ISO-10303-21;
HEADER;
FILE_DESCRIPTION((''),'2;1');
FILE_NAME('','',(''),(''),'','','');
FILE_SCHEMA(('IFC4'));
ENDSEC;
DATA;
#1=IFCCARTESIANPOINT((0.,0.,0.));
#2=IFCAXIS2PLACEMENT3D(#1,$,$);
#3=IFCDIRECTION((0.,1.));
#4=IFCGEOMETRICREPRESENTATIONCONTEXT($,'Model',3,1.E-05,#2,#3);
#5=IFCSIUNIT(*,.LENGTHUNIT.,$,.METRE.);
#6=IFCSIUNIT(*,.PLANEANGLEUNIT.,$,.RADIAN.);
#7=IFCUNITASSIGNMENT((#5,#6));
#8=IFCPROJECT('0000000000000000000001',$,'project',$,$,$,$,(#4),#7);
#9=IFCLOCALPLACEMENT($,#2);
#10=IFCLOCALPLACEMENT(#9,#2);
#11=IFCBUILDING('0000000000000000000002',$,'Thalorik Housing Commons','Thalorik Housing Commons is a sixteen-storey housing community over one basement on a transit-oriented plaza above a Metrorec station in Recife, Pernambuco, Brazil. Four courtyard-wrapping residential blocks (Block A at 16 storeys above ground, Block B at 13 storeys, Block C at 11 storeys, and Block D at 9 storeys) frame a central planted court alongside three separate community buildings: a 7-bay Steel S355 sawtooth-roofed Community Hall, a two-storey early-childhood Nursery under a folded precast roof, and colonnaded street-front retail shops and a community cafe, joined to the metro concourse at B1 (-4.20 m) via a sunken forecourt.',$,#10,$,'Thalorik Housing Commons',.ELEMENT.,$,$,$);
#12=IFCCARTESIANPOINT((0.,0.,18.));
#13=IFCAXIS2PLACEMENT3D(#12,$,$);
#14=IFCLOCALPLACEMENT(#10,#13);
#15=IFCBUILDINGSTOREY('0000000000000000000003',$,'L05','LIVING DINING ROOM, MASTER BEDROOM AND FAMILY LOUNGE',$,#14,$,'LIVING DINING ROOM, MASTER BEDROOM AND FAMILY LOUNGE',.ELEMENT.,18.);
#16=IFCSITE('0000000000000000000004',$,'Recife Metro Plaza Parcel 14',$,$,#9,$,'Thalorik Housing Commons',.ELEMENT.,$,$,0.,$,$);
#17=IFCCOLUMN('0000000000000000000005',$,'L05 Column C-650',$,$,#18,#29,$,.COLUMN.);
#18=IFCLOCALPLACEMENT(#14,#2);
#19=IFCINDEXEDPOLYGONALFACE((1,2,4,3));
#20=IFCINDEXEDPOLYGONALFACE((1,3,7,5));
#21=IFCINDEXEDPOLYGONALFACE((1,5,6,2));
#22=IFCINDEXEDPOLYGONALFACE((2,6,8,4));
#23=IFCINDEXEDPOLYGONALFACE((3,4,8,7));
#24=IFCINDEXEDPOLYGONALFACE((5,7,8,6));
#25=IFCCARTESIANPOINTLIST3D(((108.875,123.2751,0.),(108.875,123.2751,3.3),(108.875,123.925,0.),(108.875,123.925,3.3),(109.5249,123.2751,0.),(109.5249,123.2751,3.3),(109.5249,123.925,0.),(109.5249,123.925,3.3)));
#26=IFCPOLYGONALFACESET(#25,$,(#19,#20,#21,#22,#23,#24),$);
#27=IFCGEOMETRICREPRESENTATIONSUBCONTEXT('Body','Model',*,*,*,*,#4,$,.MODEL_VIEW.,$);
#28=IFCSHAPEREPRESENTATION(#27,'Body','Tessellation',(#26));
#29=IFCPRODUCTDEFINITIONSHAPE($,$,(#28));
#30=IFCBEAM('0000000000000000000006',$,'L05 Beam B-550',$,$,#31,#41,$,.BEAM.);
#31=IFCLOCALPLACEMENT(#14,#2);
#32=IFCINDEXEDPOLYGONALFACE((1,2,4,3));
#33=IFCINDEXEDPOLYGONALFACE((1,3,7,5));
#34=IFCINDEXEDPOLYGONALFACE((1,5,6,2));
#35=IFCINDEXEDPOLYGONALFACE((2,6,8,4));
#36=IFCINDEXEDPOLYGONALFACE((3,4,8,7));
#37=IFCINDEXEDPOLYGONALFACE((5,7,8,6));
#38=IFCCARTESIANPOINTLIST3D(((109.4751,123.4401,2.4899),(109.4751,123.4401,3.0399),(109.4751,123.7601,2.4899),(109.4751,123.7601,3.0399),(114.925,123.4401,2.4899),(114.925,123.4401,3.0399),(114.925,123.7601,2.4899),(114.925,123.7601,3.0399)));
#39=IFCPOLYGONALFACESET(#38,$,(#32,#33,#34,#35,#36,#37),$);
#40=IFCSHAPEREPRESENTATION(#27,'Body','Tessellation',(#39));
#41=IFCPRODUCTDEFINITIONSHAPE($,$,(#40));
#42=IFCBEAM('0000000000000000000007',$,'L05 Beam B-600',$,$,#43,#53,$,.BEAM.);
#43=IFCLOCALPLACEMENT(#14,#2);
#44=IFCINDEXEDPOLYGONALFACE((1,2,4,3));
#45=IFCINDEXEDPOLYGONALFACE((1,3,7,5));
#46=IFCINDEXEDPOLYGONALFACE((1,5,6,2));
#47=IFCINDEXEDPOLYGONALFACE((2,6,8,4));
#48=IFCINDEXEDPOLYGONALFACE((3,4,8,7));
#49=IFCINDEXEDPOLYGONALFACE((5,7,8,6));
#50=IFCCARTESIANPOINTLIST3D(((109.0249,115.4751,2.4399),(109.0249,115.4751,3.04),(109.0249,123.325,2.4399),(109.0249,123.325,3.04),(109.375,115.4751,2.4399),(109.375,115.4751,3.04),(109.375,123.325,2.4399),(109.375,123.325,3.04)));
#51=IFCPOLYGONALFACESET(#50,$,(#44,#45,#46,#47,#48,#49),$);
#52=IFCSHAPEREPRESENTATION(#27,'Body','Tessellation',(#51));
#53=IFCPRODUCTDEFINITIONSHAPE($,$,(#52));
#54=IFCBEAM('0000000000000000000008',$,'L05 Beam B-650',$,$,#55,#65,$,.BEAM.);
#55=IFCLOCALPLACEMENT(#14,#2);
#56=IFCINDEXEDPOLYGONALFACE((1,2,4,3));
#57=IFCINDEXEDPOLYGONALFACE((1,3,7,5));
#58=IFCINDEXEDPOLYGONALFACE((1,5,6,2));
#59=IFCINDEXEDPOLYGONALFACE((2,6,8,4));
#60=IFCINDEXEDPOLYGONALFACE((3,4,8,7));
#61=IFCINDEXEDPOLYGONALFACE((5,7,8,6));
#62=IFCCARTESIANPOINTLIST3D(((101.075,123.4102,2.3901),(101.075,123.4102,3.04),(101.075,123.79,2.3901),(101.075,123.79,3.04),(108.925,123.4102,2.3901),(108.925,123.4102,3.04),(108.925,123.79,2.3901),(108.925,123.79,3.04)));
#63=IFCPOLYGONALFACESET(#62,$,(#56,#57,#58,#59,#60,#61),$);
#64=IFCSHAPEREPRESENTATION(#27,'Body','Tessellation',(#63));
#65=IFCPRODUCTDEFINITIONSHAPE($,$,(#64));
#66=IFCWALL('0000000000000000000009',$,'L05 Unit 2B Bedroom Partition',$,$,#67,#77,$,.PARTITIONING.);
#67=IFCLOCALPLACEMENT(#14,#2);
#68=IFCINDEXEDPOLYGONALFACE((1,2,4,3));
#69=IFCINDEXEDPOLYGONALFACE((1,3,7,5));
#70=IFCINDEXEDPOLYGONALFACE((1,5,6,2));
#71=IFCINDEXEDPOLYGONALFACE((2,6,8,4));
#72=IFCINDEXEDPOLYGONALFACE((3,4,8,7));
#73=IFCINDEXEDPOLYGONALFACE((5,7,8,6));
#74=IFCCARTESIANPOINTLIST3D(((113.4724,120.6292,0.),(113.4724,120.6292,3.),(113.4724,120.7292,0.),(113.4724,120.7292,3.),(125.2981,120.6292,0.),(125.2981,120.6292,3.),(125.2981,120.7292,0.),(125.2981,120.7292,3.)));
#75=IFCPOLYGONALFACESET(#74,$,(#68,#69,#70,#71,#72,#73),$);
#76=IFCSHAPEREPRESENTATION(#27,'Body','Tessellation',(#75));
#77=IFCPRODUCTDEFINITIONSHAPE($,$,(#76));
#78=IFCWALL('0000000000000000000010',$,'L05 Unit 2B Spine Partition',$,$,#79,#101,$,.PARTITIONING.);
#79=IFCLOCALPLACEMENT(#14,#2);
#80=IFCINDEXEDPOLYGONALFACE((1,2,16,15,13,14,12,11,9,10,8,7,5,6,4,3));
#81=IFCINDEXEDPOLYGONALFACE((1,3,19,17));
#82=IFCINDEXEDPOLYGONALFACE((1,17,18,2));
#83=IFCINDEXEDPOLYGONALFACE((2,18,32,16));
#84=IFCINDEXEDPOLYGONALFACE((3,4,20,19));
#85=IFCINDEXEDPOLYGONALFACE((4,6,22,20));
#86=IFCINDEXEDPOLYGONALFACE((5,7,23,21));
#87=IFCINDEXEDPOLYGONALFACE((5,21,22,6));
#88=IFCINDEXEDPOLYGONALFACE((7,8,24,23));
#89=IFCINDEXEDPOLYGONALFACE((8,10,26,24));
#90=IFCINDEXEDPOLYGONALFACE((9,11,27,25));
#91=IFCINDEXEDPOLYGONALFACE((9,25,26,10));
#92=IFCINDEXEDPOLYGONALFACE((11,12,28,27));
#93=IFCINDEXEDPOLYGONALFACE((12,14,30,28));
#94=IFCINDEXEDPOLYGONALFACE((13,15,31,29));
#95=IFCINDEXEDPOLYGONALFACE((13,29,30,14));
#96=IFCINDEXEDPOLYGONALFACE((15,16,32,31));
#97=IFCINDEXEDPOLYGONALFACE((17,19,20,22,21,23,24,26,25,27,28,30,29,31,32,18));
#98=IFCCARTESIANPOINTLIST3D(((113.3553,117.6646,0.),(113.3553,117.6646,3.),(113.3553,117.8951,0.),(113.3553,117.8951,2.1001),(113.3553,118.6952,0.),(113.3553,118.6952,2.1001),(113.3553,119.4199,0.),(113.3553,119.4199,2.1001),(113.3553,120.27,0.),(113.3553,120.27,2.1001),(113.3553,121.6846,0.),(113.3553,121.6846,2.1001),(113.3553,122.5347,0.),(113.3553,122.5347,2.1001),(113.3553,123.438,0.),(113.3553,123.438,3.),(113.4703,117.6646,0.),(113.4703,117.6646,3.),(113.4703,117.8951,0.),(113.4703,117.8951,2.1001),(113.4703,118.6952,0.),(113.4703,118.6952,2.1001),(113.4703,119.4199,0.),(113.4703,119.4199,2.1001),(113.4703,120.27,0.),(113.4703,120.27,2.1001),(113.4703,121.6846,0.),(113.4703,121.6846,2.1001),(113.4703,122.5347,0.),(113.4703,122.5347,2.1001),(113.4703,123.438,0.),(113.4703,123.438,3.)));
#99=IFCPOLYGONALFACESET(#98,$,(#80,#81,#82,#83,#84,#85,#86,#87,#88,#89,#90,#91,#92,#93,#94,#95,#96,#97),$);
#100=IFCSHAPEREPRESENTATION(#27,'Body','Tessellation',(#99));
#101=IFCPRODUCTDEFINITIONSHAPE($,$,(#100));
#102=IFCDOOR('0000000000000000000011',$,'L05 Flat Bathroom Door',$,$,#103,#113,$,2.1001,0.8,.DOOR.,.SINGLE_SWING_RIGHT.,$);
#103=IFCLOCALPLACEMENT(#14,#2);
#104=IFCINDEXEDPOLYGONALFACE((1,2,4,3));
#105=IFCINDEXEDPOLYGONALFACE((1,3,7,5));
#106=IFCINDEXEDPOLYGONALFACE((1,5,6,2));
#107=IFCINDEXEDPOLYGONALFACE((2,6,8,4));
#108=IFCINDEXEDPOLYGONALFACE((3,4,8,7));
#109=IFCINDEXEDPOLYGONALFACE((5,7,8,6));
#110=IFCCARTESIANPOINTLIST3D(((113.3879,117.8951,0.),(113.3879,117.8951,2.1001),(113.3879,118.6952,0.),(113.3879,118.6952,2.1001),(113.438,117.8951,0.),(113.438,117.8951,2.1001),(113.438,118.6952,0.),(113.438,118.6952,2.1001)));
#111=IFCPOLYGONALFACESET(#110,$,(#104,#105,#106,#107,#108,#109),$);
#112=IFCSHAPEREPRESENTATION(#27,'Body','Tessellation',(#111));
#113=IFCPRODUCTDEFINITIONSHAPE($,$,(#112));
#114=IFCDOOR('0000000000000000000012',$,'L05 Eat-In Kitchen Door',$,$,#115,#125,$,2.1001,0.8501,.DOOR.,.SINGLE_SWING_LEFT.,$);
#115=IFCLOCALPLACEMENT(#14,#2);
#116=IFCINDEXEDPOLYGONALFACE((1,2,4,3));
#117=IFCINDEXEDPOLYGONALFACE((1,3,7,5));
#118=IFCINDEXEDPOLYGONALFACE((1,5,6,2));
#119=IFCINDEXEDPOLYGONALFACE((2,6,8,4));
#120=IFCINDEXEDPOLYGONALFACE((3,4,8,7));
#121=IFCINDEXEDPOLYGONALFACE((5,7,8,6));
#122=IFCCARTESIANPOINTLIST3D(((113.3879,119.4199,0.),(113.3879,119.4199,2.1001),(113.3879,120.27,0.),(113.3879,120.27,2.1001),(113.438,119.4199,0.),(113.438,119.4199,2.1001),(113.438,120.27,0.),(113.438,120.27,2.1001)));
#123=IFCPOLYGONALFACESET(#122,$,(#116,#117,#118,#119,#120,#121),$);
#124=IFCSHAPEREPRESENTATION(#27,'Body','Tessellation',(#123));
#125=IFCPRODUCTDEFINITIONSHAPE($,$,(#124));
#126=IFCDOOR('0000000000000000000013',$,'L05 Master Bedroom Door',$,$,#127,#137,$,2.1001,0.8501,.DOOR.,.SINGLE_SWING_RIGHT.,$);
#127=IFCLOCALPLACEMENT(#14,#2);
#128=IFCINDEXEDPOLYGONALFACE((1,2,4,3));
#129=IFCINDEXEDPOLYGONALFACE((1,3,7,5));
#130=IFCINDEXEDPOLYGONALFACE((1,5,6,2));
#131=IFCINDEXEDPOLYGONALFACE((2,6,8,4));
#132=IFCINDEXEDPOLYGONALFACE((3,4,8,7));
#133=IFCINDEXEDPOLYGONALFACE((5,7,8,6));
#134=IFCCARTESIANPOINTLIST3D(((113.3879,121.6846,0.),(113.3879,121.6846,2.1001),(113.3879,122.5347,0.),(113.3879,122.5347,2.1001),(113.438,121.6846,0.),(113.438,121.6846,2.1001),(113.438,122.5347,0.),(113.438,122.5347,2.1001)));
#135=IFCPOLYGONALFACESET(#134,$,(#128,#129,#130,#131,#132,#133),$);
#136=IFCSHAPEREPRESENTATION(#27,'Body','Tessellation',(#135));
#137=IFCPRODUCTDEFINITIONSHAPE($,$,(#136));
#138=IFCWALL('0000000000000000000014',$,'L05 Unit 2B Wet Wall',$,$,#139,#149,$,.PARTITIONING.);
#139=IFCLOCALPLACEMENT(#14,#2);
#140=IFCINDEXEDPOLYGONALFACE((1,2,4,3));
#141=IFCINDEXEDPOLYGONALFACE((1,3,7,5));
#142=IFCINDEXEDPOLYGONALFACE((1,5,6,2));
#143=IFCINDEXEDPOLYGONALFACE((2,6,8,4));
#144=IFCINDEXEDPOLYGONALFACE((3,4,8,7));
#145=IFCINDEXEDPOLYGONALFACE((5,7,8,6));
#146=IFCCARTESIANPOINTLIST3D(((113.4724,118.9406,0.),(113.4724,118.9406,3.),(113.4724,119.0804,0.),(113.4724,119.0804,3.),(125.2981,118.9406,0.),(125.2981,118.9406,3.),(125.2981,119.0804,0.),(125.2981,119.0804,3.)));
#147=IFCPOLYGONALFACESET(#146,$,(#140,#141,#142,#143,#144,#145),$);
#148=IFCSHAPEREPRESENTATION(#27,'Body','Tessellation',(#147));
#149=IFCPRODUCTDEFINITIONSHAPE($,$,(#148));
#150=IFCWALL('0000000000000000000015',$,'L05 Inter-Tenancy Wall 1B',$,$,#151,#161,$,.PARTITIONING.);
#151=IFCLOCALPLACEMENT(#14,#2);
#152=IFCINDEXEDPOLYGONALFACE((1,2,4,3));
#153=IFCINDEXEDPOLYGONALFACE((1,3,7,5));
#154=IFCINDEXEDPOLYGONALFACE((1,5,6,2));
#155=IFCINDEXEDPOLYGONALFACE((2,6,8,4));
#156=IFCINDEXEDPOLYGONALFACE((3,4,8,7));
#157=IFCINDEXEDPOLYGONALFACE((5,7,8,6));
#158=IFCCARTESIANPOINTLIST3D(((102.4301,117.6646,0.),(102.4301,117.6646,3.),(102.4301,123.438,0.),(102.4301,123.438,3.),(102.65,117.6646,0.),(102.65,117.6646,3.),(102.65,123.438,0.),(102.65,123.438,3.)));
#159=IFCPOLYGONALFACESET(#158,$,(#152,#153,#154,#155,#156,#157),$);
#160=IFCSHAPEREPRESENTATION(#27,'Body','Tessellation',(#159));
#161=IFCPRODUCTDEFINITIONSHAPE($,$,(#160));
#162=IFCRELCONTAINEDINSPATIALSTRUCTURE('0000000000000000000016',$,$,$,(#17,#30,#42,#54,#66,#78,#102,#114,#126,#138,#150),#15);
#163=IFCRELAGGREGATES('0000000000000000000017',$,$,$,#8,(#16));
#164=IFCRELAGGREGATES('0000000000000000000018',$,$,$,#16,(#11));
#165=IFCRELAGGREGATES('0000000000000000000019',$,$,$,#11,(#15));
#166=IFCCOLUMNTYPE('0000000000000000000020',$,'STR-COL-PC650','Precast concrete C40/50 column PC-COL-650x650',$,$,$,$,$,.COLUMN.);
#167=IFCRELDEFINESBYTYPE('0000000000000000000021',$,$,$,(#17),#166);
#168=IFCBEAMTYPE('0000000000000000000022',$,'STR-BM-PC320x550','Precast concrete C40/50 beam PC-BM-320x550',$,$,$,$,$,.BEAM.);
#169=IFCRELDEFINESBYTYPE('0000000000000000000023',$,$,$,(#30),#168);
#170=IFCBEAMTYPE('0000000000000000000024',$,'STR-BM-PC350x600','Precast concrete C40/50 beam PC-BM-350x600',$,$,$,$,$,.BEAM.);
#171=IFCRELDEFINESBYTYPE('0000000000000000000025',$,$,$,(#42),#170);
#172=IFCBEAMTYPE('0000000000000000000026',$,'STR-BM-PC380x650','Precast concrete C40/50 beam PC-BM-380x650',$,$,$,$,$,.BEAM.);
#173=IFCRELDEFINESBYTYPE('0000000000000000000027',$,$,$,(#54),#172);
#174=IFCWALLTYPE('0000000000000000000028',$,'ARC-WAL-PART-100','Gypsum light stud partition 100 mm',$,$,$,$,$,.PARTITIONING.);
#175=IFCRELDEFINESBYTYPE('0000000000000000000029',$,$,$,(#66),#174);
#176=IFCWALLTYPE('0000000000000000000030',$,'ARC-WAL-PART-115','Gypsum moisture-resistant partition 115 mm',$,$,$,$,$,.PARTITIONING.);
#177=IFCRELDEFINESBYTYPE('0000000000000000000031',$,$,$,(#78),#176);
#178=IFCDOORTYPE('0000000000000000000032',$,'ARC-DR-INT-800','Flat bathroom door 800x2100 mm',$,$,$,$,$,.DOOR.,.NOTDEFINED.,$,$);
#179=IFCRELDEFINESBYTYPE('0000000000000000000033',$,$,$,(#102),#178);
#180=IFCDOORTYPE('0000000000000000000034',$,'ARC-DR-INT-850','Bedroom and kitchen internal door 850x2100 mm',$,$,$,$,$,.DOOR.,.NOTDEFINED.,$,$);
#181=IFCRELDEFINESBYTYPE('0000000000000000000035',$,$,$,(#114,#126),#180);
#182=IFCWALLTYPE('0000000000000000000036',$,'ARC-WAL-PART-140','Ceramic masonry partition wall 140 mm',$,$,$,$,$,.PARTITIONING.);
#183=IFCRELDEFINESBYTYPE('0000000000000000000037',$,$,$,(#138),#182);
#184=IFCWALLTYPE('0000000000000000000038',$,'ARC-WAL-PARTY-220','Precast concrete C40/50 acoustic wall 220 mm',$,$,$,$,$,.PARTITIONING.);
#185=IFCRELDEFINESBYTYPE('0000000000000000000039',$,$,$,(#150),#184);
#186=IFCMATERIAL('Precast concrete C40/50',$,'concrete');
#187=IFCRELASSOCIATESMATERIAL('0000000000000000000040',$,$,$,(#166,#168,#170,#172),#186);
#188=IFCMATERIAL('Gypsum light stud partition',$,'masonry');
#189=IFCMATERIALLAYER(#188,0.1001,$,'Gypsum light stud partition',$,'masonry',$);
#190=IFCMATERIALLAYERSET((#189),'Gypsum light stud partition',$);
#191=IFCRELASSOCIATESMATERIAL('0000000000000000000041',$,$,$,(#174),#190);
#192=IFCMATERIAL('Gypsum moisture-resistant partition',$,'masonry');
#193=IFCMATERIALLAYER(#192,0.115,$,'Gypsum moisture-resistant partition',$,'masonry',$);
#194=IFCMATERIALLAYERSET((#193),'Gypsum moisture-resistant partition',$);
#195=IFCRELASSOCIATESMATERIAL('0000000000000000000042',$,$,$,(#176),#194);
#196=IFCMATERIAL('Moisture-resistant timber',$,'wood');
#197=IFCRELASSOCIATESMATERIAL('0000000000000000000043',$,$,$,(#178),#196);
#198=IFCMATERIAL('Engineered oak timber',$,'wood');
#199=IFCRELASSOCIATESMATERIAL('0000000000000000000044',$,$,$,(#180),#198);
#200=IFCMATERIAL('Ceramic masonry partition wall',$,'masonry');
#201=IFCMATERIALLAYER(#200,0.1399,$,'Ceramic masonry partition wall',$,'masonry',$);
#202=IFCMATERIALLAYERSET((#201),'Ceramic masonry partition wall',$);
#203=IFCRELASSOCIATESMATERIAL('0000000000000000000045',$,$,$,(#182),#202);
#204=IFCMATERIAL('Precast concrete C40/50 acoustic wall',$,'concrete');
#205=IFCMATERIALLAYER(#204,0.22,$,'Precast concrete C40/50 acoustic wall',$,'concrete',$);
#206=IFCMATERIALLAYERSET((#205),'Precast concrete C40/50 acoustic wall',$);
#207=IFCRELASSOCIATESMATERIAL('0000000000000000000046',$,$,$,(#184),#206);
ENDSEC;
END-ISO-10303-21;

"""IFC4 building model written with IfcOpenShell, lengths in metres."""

from ifc_helpers import new_model, si_unit, direction, frame, frame_2d, origin, origin_2d, place, context, subcontext, project, spatial, rectangle, extrude, material, layer, layer_set, material_profile, profile_set, type_object, element, fill, save


model = new_model("IFC4")

# Units and contexts
model_context = context("Model", 3, precision=1e-05, world=origin(), true_north=direction((0.0, 1.0)))
body_context = subcontext(model_context, "Body", "Model", "MODEL_VIEW")
ifc_project = project(units=[si_unit("LENGTHUNIT", "METRE"), si_unit("PLANEANGLEUNIT", "RADIAN")], contexts=[model_context])

# Site, building, storey
site_placement = place(None, origin())
site = spatial("IfcSite", under=ifc_project, at=site_placement, Name="Recife Metro Plaza Parcel 14", LongName="Thalorik Housing Commons", CompositionType="ELEMENT", RefElevation=0.0)
building_placement = place(site_placement, origin())
building = spatial("IfcBuilding", under=site, at=building_placement, Name="Thalorik Housing Commons", Description="Thalorik Housing Commons is a sixteen-storey housing community over one basement on a transit-oriented plaza above a Metrorec station in Recife, Pernambuco, Brazil. Four courtyard-wrapping residential blocks (Block A at 16 storeys above ground, Block B at 13 storeys, Block C at 11 storeys, and Block D at 9 storeys) frame a central planted court alongside three separate community buildings: a 7-bay Steel S355 sawtooth-roofed Community Hall, a two-storey early-childhood Nursery under a folded precast roof, and colonnaded street-front retail shops and a community cafe, joined to the metro concourse at B1 (-4.20 m) via a sunken forecourt.", LongName="Thalorik Housing Commons", CompositionType="ELEMENT")
storey_placement = place(building_placement, frame((0.0, 0.0, 18.0)))
storey = spatial("IfcBuildingStorey", under=building, at=storey_placement, Name="L05", Description="LIVING DINING ROOM, MASTER BEDROOM AND FAMILY LOUNGE", LongName="LIVING DINING ROOM, MASTER BEDROOM AND FAMILY LOUNGE", CompositionType="ELEMENT", Elevation=18.0)

# Column
ifc_material_1 = material(Name="Precast concrete C40/50", Category="concrete")
ifc_material_profile_1 = material_profile(ifc_material_1, rectangle(XDim=0.6499, YDim=0.6499, at=origin_2d()), Name="PC 650x650", Category="concrete")
ifc_profile_set_1 = profile_set([ifc_material_profile_1], Name="Precast concrete C40/50")
column_type = type_object("IfcColumnType", Name="STR-COL-PC650", Description="Precast concrete C40/50 column PC-COL-650x650", PredefinedType="COLUMN", material=ifc_profile_set_1)
column_placement = place(storey_placement, frame((109.2, 123.6001, 0.0), z_axis=(0.0, 0.0, 1.0), x_axis=(1.0, 0.0, 0.0)))
element("IfcColumn", 1, at=column_placement, inside=storey, type_object=column_type, Name="L05 Column C-650", PredefinedType="COLUMN", context=body_context, shape_type="SweptSolid", body=[
    extrude(rectangle(XDim=0.6499, YDim=0.6499, at=origin_2d()), origin(), (0.0, 0.0, 1.0), 3.3),
])

# Beams
ifc_material_profile_2 = material_profile(ifc_material_1, rectangle(XDim=0.3201, YDim=0.55, at=origin_2d()), Name="PC 320x550", Category="concrete")
ifc_profile_set_2 = profile_set([ifc_material_profile_2], Name="Precast concrete C40/50")
beam_type_1 = type_object("IfcBeamType", Name="STR-BM-PC320x550", Description="Precast concrete C40/50 beam PC-BM-320x550", PredefinedType="BEAM", material=ifc_profile_set_2)
beam_1_placement = place(storey_placement, frame((109.4751, 123.6001, 2.7649), z_axis=(1.0, 0.0, 0.0), x_axis=(0.0, 1.0, 0.0)))
element("IfcBeam", 2, at=beam_1_placement, inside=storey, type_object=beam_type_1, Name="L05 Beam B-550", PredefinedType="BEAM", context=body_context, shape_type="SweptSolid", body=[
    extrude(rectangle(XDim=0.3201, YDim=0.55, at=origin_2d()), origin(), (0.0, 0.0, 1.0), 5.45),
])
ifc_material_profile_3 = material_profile(ifc_material_1, rectangle(XDim=0.3501, YDim=0.6001, at=origin_2d()), Name="PC 350x600", Category="concrete")
ifc_profile_set_3 = profile_set([ifc_material_profile_3], Name="Precast concrete C40/50")
beam_type_2 = type_object("IfcBeamType", Name="STR-BM-PC350x600", Description="Precast concrete C40/50 beam PC-BM-350x600", PredefinedType="BEAM", material=ifc_profile_set_3)
beam_2_placement = place(storey_placement, frame((109.2, 115.4751, 2.74), z_axis=(0.0, 1.0, 0.0), x_axis=(-1.0, 0.0, 0.0)))
element("IfcBeam", 3, at=beam_2_placement, inside=storey, type_object=beam_type_2, Name="L05 Beam B-600", PredefinedType="BEAM", context=body_context, shape_type="SweptSolid", body=[
    extrude(rectangle(XDim=0.3501, YDim=0.6001, at=origin_2d()), origin(), (0.0, 0.0, 1.0), 7.8499),
])
ifc_material_profile_4 = material_profile(ifc_material_1, rectangle(XDim=0.3799, YDim=0.6499, at=origin_2d()), Name="PC 380x650", Category="concrete")
ifc_profile_set_4 = profile_set([ifc_material_profile_4], Name="Precast concrete C40/50")
beam_type_3 = type_object("IfcBeamType", Name="STR-BM-PC380x650", Description="Precast concrete C40/50 beam PC-BM-380x650", PredefinedType="BEAM", material=ifc_profile_set_4)
beam_3_placement = place(storey_placement, frame((101.075, 123.6001, 2.7151), z_axis=(1.0, 0.0, 0.0), x_axis=(0.0, 1.0, 0.0)))
element("IfcBeam", 4, at=beam_3_placement, inside=storey, type_object=beam_type_3, Name="L05 Beam B-650", PredefinedType="BEAM", context=body_context, shape_type="SweptSolid", body=[
    extrude(rectangle(XDim=0.3799, YDim=0.6499, at=origin_2d()), origin(), (0.0, 0.0, 1.0), 7.8501),
])

# Wall
ifc_material_2 = material(Name="Gypsum light stud partition", Category="masonry")
ifc_layer_1 = layer(ifc_material_2, 0.1001, Name="Gypsum light stud partition", Category="masonry")
ifc_layer_set_1 = layer_set([ifc_layer_1], Name="Gypsum light stud partition")
wall_type_1 = type_object("IfcWallType", Name="ARC-WAL-PART-100", Description="Gypsum light stud partition 100 mm", PredefinedType="PARTITIONING", material=ifc_layer_set_1)
wall_1_placement = place(storey_placement, frame((113.4724, 120.6792, 0.0), z_axis=(0.0, 0.0, 1.0), x_axis=(1.0, 0.0, 0.0)))
element("IfcWall", 5, at=wall_1_placement, inside=storey, type_object=wall_type_1, Name="L05 Unit 2B Bedroom Partition", PredefinedType="PARTITIONING", context=body_context, shape_type="SweptSolid", body=[
    extrude(rectangle(XDim=11.8257, YDim=0.1001, at=frame_2d((5.9128, 0.0))), origin(), (0.0, 0.0, 1.0), 3.0),
])

# Wall, openings, doors
ifc_material_3 = material(Name="Gypsum moisture-resistant partition", Category="masonry")
ifc_layer_2 = layer(ifc_material_3, 0.115, Name="Gypsum moisture-resistant partition", Category="masonry")
ifc_layer_set_2 = layer_set([ifc_layer_2], Name="Gypsum moisture-resistant partition")
wall_type_2 = type_object("IfcWallType", Name="ARC-WAL-PART-115", Description="Gypsum moisture-resistant partition 115 mm", PredefinedType="PARTITIONING", material=ifc_layer_set_2)
wall_2_placement = place(storey_placement, frame((113.4128, 117.6646, 0.0), z_axis=(0.0, 0.0, 1.0), x_axis=(0.0, 1.0, 0.0)))
wall_2 = element("IfcWall", 6, at=wall_2_placement, inside=storey, type_object=wall_type_2, Name="L05 Unit 2B Spine Partition", PredefinedType="PARTITIONING", context=body_context, shape_type="SweptSolid", body=[
    extrude(rectangle(XDim=5.7734, YDim=0.115, at=frame_2d((2.8867, 0.0))), origin(), (0.0, 0.0, 1.0), 3.0),
])
opening_1_placement = place(wall_2_placement, frame((0.2307, 0.0, 0.0)))
opening_1 = element("IfcOpeningElement", 7, at=opening_1_placement, cuts=wall_2, PredefinedType="OPENING", context=body_context, shape_type="SweptSolid", body=[
    extrude(rectangle(XDim=0.8, YDim=2.1001, at=frame_2d((0.3999, 1.05))), frame((0.0, 0.0674, 0.0), z_axis=(0.0, -1.0, 0.0), x_axis=(1.0, 0.0, 0.0)), (0.0, 0.0, 1.0), 0.135),
])
opening_2_placement = place(wall_2_placement, frame((1.7554, 0.0, 0.0)))
opening_2 = element("IfcOpeningElement", 8, at=opening_2_placement, cuts=wall_2, PredefinedType="OPENING", context=body_context, shape_type="SweptSolid", body=[
    extrude(rectangle(XDim=0.8501, YDim=2.1001, at=frame_2d((0.425, 1.05))), frame((0.0, 0.0674, 0.0), z_axis=(0.0, -1.0, 0.0), x_axis=(1.0, 0.0, 0.0)), (0.0, 0.0, 1.0), 0.135),
])
opening_3_placement = place(wall_2_placement, frame((4.02, 0.0, 0.0)))
opening_3 = element("IfcOpeningElement", 9, at=opening_3_placement, cuts=wall_2, PredefinedType="OPENING", context=body_context, shape_type="SweptSolid", body=[
    extrude(rectangle(XDim=0.8501, YDim=2.1001, at=frame_2d((0.425, 1.05))), frame((0.0, 0.0674, 0.0), z_axis=(0.0, -1.0, 0.0), x_axis=(1.0, 0.0, 0.0)), (0.0, 0.0, 1.0), 0.135),
])
ifc_material_4 = material(Name="Moisture-resistant timber", Category="wood")
door_type_1 = type_object("IfcDoorType", Name="ARC-DR-INT-800", Description="Flat bathroom door 800x2100 mm", OperationType="NOTDEFINED", PredefinedType="DOOR", material=ifc_material_4)
door_1_placement = place(opening_1_placement, origin())
door_1 = element("IfcDoor", 10, at=door_1_placement, inside=storey, type_object=door_type_1, Name="L05 Flat Bathroom Door", OperationType="SINGLE_SWING_RIGHT", OverallHeight=2.1001, OverallWidth=0.8, PredefinedType="DOOR", context=body_context, shape_type="SweptSolid", body=[
    extrude(rectangle(XDim=0.8, YDim=2.1001, at=frame_2d((0.3999, 1.05))), frame((0.0, 0.0249, 0.0), z_axis=(0.0, -1.0, 0.0), x_axis=(1.0, 0.0, 0.0)), (0.0, 0.0, 1.0), 0.05),
])
fill(opening_1, door_1)
ifc_material_5 = material(Name="Engineered oak timber", Category="wood")
door_type_2 = type_object("IfcDoorType", Name="ARC-DR-INT-850", Description="Bedroom and kitchen internal door 850x2100 mm", OperationType="NOTDEFINED", PredefinedType="DOOR", material=ifc_material_5)
door_2_placement = place(opening_2_placement, origin())
door_2 = element("IfcDoor", 11, at=door_2_placement, inside=storey, type_object=door_type_2, Name="L05 Eat-In Kitchen Door", OperationType="SINGLE_SWING_LEFT", OverallHeight=2.1001, OverallWidth=0.8501, PredefinedType="DOOR", context=body_context, shape_type="SweptSolid", body=[
    extrude(rectangle(XDim=0.8501, YDim=2.1001, at=frame_2d((0.425, 1.05))), frame((0.0, 0.0249, 0.0), z_axis=(0.0, -1.0, 0.0), x_axis=(1.0, 0.0, 0.0)), (0.0, 0.0, 1.0), 0.05),
])
fill(opening_2, door_2)
door_3_placement = place(opening_3_placement, origin())
door_3 = element("IfcDoor", 12, at=door_3_placement, inside=storey, type_object=door_type_2, Name="L05 Master Bedroom Door", OperationType="SINGLE_SWING_RIGHT", OverallHeight=2.1001, OverallWidth=0.8501, PredefinedType="DOOR", context=body_context, shape_type="SweptSolid", body=[
    extrude(rectangle(XDim=0.8501, YDim=2.1001, at=frame_2d((0.425, 1.05))), frame((0.0, 0.0249, 0.0), z_axis=(0.0, -1.0, 0.0), x_axis=(1.0, 0.0, 0.0)), (0.0, 0.0, 1.0), 0.05),
])
fill(opening_3, door_3)

# Walls
ifc_material_6 = material(Name="Ceramic masonry partition wall", Category="masonry")
ifc_layer_3 = layer(ifc_material_6, 0.1399, Name="Ceramic masonry partition wall", Category="masonry")
ifc_layer_set_3 = layer_set([ifc_layer_3], Name="Ceramic masonry partition wall")
wall_type_3 = type_object("IfcWallType", Name="ARC-WAL-PART-140", Description="Ceramic masonry partition wall 140 mm", PredefinedType="PARTITIONING", material=ifc_layer_set_3)
wall_3_placement = place(storey_placement, frame((113.4724, 119.0105, 0.0), z_axis=(0.0, 0.0, 1.0), x_axis=(1.0, 0.0, 0.0)))
element("IfcWall", 13, at=wall_3_placement, inside=storey, type_object=wall_type_3, Name="L05 Unit 2B Wet Wall", PredefinedType="PARTITIONING", context=body_context, shape_type="SweptSolid", body=[
    extrude(rectangle(XDim=11.8257, YDim=0.1399, at=frame_2d((5.9128, 0.0))), origin(), (0.0, 0.0, 1.0), 3.0),
])
ifc_material_7 = material(Name="Precast concrete C40/50 acoustic wall", Category="concrete")
ifc_layer_4 = layer(ifc_material_7, 0.22, Name="Precast concrete C40/50 acoustic wall", Category="concrete")
ifc_layer_set_4 = layer_set([ifc_layer_4], Name="Precast concrete C40/50 acoustic wall")
wall_type_4 = type_object("IfcWallType", Name="ARC-WAL-PARTY-220", Description="Precast concrete C40/50 acoustic wall 220 mm", PredefinedType="PARTITIONING", material=ifc_layer_set_4)
wall_4_placement = place(storey_placement, frame((102.54, 117.6646, 0.0), z_axis=(0.0, 0.0, 1.0), x_axis=(0.0, 1.0, 0.0)))
element("IfcWall", 14, at=wall_4_placement, inside=storey, type_object=wall_type_4, Name="L05 Inter-Tenancy Wall 1B", PredefinedType="PARTITIONING", context=body_context, shape_type="SweptSolid", body=[
    extrude(rectangle(XDim=5.7734, YDim=0.22, at=frame_2d((2.8867, 0.0))), origin(), (0.0, 0.0, 1.0), 3.0),
])

save(model, "model.ifc")
